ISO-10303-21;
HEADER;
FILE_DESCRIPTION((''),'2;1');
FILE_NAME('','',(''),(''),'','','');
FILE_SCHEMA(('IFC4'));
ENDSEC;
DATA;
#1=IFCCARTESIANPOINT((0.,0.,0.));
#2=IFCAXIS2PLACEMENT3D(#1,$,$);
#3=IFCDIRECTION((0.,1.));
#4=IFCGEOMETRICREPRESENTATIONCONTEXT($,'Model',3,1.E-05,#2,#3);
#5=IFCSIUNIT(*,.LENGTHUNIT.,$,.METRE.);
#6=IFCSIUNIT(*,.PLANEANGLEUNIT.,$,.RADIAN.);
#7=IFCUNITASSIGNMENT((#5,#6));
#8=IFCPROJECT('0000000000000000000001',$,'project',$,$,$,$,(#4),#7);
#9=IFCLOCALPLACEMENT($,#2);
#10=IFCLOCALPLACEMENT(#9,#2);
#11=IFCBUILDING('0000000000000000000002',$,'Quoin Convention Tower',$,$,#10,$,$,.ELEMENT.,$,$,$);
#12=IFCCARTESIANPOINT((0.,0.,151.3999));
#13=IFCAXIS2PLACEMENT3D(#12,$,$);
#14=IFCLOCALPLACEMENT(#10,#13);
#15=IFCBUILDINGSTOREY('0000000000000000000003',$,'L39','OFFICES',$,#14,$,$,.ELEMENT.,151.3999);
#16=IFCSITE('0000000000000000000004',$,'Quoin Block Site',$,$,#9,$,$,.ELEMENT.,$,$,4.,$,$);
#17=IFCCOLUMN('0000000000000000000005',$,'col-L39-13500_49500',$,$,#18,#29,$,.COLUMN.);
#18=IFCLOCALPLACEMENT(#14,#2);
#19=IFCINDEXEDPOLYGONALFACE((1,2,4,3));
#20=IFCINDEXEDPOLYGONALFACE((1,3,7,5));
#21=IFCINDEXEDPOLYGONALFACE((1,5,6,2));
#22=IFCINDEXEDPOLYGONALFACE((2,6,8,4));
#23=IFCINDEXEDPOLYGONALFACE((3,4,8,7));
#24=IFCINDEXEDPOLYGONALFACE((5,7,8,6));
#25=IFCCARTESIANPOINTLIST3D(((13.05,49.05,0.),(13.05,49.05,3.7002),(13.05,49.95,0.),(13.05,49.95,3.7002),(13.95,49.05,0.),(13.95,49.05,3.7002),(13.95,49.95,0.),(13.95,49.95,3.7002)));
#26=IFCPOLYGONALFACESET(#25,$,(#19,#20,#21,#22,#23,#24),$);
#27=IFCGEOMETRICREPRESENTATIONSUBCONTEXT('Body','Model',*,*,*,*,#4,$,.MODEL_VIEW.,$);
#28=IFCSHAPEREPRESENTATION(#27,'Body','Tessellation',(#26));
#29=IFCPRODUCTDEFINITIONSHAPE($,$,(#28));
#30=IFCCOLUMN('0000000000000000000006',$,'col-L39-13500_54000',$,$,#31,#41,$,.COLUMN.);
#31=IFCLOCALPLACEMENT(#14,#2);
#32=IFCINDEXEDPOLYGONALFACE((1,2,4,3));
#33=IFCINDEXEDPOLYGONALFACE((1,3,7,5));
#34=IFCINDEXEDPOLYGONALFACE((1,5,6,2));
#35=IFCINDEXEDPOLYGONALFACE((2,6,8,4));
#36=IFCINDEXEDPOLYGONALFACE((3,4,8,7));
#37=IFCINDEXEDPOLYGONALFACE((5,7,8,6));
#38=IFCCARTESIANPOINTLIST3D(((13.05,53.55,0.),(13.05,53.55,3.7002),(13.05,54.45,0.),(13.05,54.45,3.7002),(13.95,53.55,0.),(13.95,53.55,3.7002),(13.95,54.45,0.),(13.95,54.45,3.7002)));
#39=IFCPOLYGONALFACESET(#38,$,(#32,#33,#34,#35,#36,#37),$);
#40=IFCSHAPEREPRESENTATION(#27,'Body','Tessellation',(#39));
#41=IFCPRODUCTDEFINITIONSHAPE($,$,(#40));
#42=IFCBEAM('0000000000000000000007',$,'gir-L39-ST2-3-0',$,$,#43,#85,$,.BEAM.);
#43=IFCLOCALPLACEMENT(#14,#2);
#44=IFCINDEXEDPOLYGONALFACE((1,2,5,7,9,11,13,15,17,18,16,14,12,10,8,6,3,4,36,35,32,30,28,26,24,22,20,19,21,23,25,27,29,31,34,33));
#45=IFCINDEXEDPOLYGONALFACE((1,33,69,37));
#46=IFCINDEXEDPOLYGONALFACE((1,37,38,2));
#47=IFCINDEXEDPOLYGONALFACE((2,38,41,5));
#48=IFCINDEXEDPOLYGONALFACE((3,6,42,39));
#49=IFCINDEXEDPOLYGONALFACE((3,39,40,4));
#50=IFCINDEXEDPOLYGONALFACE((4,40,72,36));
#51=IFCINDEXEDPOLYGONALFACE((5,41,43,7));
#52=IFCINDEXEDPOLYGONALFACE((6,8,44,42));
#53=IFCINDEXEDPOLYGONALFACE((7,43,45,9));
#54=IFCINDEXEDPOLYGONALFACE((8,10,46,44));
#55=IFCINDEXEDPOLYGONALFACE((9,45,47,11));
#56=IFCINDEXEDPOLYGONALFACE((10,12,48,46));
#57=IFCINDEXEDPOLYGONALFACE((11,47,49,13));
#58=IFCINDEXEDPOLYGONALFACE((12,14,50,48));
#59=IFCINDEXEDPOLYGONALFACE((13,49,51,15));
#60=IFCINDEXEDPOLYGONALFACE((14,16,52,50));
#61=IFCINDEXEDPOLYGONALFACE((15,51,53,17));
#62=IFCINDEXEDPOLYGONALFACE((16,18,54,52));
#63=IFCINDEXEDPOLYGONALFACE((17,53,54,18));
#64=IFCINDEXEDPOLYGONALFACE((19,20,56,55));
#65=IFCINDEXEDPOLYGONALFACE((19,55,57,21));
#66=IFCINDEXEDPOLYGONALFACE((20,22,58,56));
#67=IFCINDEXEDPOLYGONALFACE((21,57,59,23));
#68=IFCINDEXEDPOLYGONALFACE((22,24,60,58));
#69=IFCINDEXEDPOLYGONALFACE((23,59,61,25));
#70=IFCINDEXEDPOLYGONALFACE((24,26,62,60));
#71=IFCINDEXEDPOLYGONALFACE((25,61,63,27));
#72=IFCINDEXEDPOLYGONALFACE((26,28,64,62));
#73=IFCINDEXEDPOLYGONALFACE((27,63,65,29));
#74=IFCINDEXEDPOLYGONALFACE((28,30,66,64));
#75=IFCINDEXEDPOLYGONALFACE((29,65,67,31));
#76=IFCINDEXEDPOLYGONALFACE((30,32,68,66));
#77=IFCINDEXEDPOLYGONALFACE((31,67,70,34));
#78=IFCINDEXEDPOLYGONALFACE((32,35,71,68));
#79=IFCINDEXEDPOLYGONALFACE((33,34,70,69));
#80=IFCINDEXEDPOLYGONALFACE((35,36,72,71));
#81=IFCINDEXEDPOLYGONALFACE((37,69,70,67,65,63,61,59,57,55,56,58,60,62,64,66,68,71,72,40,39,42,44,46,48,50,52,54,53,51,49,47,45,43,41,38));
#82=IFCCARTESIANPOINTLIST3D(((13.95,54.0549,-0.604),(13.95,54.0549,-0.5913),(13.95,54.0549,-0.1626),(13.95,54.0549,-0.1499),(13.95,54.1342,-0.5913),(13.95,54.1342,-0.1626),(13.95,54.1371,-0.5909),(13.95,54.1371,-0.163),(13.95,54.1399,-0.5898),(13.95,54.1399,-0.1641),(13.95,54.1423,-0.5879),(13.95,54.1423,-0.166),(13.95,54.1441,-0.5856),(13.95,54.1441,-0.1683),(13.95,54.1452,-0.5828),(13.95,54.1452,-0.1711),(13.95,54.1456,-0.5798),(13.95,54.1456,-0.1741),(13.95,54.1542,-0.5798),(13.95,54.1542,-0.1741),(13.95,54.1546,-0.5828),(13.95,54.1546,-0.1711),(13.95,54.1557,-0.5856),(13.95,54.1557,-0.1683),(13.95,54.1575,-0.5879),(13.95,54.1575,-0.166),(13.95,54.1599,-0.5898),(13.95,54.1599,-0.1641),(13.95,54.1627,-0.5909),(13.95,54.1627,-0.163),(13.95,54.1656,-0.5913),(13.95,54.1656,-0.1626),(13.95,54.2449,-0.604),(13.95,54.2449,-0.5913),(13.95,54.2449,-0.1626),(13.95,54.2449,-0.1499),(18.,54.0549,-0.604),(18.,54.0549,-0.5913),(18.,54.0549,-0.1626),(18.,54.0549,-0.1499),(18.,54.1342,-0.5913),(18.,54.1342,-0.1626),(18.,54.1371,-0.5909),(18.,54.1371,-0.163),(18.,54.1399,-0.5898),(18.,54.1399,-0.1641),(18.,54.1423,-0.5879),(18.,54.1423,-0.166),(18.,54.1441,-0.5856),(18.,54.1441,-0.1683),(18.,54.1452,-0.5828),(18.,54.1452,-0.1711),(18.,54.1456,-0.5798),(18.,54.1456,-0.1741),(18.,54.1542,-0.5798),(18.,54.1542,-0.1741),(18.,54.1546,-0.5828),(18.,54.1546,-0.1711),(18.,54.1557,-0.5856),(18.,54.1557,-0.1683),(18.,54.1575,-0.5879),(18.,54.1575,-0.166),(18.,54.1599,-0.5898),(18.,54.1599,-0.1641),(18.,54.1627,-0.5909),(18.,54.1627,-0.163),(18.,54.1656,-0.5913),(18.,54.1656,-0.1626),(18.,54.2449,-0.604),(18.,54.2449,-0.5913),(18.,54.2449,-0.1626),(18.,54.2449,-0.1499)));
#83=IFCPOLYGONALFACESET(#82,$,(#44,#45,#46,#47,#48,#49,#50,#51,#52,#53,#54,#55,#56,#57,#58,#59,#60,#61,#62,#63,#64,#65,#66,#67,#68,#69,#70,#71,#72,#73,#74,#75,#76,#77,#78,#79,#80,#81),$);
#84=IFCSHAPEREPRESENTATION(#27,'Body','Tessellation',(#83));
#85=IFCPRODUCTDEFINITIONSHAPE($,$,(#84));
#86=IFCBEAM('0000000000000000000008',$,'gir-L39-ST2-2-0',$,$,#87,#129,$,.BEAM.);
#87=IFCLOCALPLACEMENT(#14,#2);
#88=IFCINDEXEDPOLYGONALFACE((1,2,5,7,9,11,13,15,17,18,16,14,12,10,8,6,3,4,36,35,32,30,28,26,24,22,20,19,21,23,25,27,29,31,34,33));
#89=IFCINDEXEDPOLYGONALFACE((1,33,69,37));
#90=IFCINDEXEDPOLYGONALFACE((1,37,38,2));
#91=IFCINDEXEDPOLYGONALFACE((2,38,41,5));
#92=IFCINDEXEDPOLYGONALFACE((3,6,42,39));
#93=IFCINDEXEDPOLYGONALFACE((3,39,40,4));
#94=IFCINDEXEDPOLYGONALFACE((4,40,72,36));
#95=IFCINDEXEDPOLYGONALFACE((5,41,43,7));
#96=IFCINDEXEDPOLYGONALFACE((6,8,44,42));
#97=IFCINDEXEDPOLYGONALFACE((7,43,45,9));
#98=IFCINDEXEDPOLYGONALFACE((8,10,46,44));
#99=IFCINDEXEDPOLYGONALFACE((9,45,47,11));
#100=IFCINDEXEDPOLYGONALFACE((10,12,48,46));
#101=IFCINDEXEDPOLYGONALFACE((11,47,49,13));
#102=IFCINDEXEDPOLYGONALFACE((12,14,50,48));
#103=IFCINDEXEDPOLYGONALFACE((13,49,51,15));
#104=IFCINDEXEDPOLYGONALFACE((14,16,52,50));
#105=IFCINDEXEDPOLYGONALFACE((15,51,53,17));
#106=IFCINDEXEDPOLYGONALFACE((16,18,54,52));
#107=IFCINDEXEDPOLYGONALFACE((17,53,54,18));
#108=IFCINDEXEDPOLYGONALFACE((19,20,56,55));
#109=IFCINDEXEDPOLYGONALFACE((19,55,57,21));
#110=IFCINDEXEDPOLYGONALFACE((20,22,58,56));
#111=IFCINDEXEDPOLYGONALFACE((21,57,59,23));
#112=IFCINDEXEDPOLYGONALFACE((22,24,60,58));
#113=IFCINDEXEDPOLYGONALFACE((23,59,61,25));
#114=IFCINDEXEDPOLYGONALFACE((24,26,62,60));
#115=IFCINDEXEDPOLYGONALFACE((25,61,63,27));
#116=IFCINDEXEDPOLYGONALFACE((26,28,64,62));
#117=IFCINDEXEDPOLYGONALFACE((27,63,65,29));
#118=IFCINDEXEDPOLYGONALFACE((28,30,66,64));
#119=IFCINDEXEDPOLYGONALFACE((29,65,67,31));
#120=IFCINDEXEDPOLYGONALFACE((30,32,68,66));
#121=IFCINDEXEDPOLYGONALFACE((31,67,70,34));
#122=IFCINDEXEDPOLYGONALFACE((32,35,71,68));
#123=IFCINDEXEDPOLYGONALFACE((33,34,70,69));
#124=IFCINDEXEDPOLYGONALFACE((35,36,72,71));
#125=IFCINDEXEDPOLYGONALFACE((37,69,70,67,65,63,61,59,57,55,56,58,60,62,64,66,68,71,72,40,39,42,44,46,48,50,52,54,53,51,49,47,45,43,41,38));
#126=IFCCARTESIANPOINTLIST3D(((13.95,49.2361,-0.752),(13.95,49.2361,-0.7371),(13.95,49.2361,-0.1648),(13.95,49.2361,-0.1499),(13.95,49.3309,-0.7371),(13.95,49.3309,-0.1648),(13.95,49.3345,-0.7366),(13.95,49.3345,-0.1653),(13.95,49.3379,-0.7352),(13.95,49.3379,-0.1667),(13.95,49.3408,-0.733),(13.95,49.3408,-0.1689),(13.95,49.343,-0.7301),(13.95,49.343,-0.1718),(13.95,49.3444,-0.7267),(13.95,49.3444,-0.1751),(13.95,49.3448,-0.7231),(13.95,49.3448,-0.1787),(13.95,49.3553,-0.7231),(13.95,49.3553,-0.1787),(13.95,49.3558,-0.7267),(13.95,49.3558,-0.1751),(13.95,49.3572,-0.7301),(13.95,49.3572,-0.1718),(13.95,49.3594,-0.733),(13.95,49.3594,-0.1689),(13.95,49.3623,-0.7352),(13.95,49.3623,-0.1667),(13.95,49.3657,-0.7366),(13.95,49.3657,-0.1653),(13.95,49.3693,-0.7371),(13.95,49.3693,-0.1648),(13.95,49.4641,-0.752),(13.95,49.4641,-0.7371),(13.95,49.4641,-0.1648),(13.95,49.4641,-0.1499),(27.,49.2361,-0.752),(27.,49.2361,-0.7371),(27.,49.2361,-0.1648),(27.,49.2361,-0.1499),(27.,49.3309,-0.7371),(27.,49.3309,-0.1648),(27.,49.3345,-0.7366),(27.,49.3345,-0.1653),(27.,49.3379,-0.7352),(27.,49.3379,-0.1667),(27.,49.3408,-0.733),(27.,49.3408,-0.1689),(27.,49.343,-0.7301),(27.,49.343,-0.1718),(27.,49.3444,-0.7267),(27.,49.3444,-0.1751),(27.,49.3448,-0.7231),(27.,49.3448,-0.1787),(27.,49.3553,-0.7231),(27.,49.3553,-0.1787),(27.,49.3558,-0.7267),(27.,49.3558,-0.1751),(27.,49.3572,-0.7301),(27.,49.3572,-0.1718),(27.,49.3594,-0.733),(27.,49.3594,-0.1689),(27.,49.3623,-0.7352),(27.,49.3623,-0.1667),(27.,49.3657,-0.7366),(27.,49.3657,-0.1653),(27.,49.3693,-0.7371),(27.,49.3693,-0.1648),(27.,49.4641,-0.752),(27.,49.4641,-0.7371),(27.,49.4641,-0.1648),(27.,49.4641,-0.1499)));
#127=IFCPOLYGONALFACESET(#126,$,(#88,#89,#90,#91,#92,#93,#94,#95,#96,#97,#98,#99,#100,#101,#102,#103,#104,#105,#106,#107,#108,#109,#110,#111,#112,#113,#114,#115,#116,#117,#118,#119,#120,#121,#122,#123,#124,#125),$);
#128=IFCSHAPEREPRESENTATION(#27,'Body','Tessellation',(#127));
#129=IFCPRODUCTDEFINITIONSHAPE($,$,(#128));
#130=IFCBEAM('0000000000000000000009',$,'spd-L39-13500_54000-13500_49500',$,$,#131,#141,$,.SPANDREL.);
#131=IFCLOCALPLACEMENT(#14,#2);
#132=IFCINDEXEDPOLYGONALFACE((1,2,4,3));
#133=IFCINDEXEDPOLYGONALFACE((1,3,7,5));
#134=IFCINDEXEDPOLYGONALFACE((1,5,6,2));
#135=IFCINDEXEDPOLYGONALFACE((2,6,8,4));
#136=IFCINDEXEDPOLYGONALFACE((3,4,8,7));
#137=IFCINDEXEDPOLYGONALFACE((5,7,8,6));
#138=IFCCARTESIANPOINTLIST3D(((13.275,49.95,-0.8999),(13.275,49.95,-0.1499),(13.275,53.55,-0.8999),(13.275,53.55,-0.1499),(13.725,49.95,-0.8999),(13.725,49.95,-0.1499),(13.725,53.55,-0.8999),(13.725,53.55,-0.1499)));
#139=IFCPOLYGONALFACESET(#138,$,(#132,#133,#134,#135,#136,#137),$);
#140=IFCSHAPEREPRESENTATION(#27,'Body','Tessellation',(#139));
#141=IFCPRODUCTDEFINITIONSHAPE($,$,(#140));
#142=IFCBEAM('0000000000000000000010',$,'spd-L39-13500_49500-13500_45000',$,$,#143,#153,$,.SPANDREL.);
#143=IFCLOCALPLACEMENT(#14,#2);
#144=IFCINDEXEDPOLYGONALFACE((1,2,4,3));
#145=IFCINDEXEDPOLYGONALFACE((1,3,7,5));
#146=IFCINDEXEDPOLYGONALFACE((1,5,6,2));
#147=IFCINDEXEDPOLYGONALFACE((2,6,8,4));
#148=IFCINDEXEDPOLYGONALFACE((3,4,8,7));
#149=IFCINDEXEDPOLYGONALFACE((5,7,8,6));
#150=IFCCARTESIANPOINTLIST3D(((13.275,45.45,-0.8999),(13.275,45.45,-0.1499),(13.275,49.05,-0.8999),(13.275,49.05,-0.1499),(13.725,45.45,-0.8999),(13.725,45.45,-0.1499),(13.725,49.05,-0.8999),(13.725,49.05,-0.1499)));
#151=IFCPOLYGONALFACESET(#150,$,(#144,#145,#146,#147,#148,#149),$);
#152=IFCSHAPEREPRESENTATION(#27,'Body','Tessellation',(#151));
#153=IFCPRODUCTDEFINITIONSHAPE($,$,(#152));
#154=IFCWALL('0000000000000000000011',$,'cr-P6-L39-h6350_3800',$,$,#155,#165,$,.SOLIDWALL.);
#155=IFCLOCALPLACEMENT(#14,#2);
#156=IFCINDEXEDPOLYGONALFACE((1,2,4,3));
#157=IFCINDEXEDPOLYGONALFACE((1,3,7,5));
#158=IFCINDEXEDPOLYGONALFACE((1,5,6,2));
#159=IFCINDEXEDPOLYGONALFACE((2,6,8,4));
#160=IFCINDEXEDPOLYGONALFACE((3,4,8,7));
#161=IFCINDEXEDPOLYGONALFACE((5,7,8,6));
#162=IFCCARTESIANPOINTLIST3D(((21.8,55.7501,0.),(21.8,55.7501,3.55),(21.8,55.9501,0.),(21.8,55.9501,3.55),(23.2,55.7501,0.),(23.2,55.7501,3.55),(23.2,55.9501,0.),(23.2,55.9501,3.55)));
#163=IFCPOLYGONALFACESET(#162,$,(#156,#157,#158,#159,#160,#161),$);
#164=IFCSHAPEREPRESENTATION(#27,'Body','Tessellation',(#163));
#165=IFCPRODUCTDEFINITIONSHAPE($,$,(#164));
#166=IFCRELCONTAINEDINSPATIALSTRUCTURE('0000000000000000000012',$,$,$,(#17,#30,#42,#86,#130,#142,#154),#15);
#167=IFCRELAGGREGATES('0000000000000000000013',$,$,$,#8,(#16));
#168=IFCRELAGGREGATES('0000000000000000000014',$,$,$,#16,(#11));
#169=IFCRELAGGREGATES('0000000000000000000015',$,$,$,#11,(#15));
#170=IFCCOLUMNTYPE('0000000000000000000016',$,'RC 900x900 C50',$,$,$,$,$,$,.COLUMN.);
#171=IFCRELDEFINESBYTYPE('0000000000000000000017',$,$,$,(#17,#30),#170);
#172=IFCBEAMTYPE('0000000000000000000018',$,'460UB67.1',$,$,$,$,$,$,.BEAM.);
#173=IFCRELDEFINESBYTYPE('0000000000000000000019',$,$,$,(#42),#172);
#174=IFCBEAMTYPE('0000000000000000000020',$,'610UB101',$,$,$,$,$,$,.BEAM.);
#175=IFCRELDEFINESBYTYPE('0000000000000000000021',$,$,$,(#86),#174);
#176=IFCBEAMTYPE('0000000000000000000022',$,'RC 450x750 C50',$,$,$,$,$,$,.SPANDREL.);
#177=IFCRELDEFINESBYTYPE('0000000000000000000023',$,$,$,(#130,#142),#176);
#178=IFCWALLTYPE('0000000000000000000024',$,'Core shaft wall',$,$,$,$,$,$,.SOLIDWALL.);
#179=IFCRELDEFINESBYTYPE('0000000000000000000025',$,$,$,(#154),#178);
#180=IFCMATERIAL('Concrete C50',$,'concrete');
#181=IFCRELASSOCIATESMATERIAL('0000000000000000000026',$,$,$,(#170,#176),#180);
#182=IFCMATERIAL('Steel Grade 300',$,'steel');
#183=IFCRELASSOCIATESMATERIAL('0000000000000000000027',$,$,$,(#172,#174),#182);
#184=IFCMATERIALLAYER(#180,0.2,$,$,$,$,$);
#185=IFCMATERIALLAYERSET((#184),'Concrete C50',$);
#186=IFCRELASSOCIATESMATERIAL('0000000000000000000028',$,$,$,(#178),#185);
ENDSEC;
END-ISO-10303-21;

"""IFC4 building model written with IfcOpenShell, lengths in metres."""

from ifc_helpers import new_model, si_unit, direction, frame, frame_2d, origin, origin_2d, place, context, subcontext, project, spatial, rectangle, i_section, extrude, material, layer, layer_set, material_profile, profile_set, type_object, element, save


model = new_model("IFC4")

# Units and contexts
model_context = context("Model", 3, precision=1e-05, world=origin(), true_north=direction((0.0, 1.0)))
body_context = subcontext(model_context, "Body", "Model", "MODEL_VIEW")
ifc_project = project(units=[si_unit("LENGTHUNIT", "METRE"), si_unit("PLANEANGLEUNIT", "RADIAN")], contexts=[model_context])

# Site, building, storey
site_placement = place(None, origin())
site = spatial("IfcSite", under=ifc_project, at=site_placement, Name="Quoin Block Site", CompositionType="ELEMENT", RefElevation=4.0)
building_placement = place(site_placement, origin())
building = spatial("IfcBuilding", under=site, at=building_placement, Name="Quoin Convention Tower", CompositionType="ELEMENT")
storey_placement = place(building_placement, frame((0.0, 0.0, 151.3999)))
storey = spatial("IfcBuildingStorey", under=building, at=storey_placement, Name="L39", Description="OFFICES", CompositionType="ELEMENT", Elevation=151.3999)

# Columns
ifc_material_1 = material(Name="Concrete C50", Category="concrete")
ifc_material_profile_1 = material_profile(ifc_material_1, rectangle(XDim=0.8999, YDim=0.8999, at=origin_2d()), Name="RC 900x900")
ifc_profile_set_1 = profile_set([ifc_material_profile_1], Name="Concrete C50")
column_type = type_object("IfcColumnType", Name="RC 900x900 C50", PredefinedType="COLUMN", material=ifc_profile_set_1)
for number, where, z_axis, x_axis, name in (
    (1, (13.5, 49.5, 0.0), (0.0, 0.0, 1.0), (1.0, 0.0, 0.0), "col-L39-13500_49500"),
    (2, (13.5, 54.0, 0.0), (0.0, 0.0, 1.0), (1.0, 0.0, 0.0), "col-L39-13500_54000"),
):
    element("IfcColumn", number, at=place(storey_placement, frame(where, z_axis=z_axis, x_axis=x_axis)), inside=storey, type_object=column_type, Name=name, PredefinedType="COLUMN", context=body_context, shape_type="SweptSolid", body=[
        extrude(rectangle(XDim=0.8999, YDim=0.8999, at=origin_2d()), origin(), (0.0, 0.0, 1.0), 3.7002),
    ])

# Beams
ifc_material_2 = material(Name="Steel Grade 300", Category="steel")
ifc_material_profile_2 = material_profile(ifc_material_2, i_section(OverallWidth=0.1899, OverallDepth=0.4541, WebThickness=0.0085, FlangeThickness=0.0127, FilletRadius=0.0115, at=origin_2d()), Name="460UB67.1")
ifc_profile_set_2 = profile_set([ifc_material_profile_2], Name="Steel Grade 300")
beam_type_1 = type_object("IfcBeamType", Name="460UB67.1", PredefinedType="BEAM", material=ifc_profile_set_2)
beam_1_placement = place(storey_placement, frame((13.95, 54.1499, -0.377), z_axis=(1.0, 0.0, 0.0), x_axis=(0.0, 1.0, 0.0)))
element("IfcBeam", 3, at=beam_1_placement, inside=storey, type_object=beam_type_1, Name="gir-L39-ST2-3-0", PredefinedType="BEAM", context=body_context, shape_type="SweptSolid", body=[
    extrude(i_section(OverallWidth=0.1899, OverallDepth=0.4541, WebThickness=0.0085, FlangeThickness=0.0127, FilletRadius=0.0115, at=origin_2d()), origin(), (0.0, 0.0, 1.0), 4.05),
])
ifc_material_profile_3 = material_profile(ifc_material_2, i_section(OverallWidth=0.228, OverallDepth=0.6021, WebThickness=0.0105, FlangeThickness=0.0149, FilletRadius=0.0139, at=origin_2d()), Name="610UB101")
ifc_profile_set_3 = profile_set([ifc_material_profile_3], Name="Steel Grade 300")
beam_type_2 = type_object("IfcBeamType", Name="610UB101", PredefinedType="BEAM", material=ifc_profile_set_3)
beam_2_placement = place(storey_placement, frame((13.95, 49.3501, -0.4509), z_axis=(1.0, 0.0, 0.0), x_axis=(0.0, 1.0, 0.0)))
element("IfcBeam", 4, at=beam_2_placement, inside=storey, type_object=beam_type_2, Name="gir-L39-ST2-2-0", PredefinedType="BEAM", context=body_context, shape_type="SweptSolid", body=[
    extrude(i_section(OverallWidth=0.228, OverallDepth=0.6021, WebThickness=0.0105, FlangeThickness=0.0149, FilletRadius=0.0139, at=origin_2d()), origin(), (0.0, 0.0, 1.0), 13.05),
])
ifc_material_profile_4 = material_profile(ifc_material_1, rectangle(XDim=0.45, YDim=0.75, at=origin_2d()), Name="RC 450x750")
ifc_profile_set_4 = profile_set([ifc_material_profile_4], Name="Concrete C50")
beam_type_3 = type_object("IfcBeamType", Name="RC 450x750 C50", PredefinedType="SPANDREL", material=ifc_profile_set_4)
for number, where, z_axis, x_axis, name in (
    (5, (13.5, 53.55, -0.5249), (0.0, -1.0, 0.0), (1.0, 0.0, 0.0), "spd-L39-13500_54000-13500_49500"),
    (6, (13.5, 49.05, -0.5249), (0.0, -1.0, 0.0), (1.0, 0.0, 0.0), "spd-L39-13500_49500-13500_45000"),
):
    element("IfcBeam", number, at=place(storey_placement, frame(where, z_axis=z_axis, x_axis=x_axis)), inside=storey, type_object=beam_type_3, Name=name, PredefinedType="SPANDREL", context=body_context, shape_type="SweptSolid", body=[
        extrude(rectangle(XDim=0.45, YDim=0.75, at=origin_2d()), origin(), (0.0, 0.0, 1.0), 3.6001),
    ])

# Wall
ifc_layer_1 = layer(ifc_material_1, 0.2)
ifc_layer_set_1 = layer_set([ifc_layer_1], Name="Concrete C50")
wall_type_1 = type_object("IfcWallType", Name="Core shaft wall", PredefinedType="SOLIDWALL", material=ifc_layer_set_1)
wall_1_placement = place(storey_placement, frame((21.8, 55.8501, 0.0), z_axis=(0.0, 0.0, 1.0), x_axis=(1.0, 0.0, 0.0)))
element("IfcWall", 7, at=wall_1_placement, inside=storey, type_object=wall_type_1, Name="cr-P6-L39-h6350_3800", PredefinedType="SOLIDWALL", context=body_context, shape_type="SweptSolid", body=[
    extrude(rectangle(XDim=1.3999, YDim=0.2, at=frame_2d((0.7, 0.0))), origin(), (0.0, 0.0, 1.0), 3.55),
])

save(model, "model.ifc")
